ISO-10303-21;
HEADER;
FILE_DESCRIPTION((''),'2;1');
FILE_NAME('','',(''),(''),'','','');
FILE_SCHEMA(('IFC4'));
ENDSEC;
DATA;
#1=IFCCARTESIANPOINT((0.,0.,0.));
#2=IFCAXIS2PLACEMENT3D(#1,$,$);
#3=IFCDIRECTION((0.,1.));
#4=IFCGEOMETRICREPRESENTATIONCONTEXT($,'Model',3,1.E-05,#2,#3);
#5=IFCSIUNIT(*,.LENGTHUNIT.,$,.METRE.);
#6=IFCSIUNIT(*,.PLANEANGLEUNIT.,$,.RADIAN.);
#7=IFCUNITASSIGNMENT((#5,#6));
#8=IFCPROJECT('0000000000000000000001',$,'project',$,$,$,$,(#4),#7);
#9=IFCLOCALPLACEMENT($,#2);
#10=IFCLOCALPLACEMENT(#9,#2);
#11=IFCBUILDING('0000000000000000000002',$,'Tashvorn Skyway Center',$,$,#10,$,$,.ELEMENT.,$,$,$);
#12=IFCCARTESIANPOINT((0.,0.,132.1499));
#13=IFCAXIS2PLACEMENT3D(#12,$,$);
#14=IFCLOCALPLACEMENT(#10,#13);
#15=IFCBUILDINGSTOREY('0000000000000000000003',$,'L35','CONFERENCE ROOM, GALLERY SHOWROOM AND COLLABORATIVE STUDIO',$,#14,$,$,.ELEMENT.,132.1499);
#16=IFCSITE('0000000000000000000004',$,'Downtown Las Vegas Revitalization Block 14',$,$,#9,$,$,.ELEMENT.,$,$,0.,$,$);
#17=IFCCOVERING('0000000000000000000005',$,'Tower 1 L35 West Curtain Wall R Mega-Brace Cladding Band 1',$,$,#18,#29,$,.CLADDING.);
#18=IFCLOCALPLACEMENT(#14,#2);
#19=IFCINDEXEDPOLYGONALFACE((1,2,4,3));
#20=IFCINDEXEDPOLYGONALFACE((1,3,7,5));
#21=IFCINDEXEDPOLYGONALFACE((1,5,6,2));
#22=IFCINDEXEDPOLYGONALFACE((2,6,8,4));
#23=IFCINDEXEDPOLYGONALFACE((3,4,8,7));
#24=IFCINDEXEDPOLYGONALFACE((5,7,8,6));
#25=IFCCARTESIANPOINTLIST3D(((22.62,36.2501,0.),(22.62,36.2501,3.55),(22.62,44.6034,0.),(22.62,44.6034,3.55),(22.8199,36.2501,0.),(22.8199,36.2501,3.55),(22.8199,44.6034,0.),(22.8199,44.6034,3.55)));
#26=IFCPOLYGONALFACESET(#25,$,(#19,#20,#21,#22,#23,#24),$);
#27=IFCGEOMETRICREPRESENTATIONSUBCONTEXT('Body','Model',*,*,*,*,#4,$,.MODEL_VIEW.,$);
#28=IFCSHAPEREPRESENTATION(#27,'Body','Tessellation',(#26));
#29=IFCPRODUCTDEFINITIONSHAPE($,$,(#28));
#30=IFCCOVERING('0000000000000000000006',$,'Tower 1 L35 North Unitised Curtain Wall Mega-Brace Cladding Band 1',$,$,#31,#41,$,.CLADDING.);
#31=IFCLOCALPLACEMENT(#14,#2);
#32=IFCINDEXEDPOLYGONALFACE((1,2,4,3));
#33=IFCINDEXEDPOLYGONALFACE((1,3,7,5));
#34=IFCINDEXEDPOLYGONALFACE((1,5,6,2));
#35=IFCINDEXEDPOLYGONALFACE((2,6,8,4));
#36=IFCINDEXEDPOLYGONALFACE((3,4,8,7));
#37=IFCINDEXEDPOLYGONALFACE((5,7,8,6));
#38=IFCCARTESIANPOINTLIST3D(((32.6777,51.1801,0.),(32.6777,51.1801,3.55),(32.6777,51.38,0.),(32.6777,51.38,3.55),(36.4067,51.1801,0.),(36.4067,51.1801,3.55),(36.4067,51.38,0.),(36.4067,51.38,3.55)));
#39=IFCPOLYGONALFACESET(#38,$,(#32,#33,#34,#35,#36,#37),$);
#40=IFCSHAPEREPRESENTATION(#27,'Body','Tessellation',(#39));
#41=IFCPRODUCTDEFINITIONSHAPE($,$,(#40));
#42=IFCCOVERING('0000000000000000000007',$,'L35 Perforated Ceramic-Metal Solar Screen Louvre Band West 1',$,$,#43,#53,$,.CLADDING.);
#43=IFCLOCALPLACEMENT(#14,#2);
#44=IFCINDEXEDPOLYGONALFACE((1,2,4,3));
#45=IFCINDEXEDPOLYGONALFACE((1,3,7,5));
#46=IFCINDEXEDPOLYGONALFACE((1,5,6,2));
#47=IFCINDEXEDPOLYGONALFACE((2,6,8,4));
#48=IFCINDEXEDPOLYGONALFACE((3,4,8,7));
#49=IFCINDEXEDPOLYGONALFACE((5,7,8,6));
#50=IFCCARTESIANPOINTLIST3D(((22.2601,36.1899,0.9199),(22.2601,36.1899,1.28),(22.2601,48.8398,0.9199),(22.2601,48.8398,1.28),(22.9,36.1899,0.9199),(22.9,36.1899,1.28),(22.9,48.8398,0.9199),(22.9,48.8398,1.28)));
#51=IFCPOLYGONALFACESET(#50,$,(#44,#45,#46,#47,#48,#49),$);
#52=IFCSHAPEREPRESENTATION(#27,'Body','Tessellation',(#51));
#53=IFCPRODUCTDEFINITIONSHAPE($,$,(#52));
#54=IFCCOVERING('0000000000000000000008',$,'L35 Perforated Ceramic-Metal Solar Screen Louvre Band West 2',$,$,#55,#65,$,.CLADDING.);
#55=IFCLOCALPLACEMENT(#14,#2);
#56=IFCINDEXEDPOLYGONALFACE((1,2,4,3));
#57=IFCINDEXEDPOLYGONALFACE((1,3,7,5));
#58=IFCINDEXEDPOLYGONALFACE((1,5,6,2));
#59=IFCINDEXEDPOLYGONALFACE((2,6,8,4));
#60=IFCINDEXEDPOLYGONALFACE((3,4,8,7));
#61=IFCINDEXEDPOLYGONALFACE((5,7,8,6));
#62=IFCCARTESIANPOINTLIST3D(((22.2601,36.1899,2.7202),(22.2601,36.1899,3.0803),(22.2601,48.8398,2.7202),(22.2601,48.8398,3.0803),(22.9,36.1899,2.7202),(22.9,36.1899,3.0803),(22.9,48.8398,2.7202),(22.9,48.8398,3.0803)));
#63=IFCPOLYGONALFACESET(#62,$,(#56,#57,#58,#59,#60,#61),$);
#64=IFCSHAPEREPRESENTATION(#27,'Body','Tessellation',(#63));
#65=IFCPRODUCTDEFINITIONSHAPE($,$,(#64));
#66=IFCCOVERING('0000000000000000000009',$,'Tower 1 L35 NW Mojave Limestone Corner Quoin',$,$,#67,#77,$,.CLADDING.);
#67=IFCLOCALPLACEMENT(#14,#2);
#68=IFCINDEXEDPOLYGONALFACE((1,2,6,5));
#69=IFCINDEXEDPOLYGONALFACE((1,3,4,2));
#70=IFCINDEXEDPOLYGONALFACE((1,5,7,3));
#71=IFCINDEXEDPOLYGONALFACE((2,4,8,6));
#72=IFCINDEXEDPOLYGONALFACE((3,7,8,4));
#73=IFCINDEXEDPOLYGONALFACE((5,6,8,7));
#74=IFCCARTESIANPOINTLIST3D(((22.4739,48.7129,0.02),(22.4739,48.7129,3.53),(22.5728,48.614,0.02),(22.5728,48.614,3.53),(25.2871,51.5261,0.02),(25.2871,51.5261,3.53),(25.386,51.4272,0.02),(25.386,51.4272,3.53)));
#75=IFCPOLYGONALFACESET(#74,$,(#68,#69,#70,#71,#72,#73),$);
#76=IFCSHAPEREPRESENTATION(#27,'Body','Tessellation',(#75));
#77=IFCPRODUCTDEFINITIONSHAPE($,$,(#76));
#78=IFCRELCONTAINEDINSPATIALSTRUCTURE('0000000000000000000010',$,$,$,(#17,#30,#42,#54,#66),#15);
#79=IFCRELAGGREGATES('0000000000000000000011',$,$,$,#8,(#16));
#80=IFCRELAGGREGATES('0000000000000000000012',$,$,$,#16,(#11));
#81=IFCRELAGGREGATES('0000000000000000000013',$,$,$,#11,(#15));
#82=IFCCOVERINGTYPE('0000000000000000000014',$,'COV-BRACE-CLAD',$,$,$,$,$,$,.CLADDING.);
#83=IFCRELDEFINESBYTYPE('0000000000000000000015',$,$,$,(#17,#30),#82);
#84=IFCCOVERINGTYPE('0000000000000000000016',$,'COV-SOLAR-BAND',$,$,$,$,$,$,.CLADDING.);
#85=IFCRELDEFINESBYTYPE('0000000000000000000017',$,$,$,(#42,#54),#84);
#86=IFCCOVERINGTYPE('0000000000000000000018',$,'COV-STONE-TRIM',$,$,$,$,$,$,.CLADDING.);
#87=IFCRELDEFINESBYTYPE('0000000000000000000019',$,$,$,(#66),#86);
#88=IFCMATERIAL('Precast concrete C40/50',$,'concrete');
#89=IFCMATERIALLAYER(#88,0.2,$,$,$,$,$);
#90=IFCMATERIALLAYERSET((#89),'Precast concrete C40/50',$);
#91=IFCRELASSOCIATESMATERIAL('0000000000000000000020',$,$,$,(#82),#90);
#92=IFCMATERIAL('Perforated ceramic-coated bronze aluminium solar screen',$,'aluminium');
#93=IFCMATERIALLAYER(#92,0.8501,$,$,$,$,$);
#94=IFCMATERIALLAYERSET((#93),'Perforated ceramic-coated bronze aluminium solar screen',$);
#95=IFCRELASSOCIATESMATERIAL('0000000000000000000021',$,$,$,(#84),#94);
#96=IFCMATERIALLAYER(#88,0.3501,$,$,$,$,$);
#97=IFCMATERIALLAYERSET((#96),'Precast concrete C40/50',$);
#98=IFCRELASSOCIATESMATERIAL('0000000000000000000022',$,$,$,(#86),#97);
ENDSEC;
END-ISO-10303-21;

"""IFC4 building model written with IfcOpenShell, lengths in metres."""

from ifc_helpers import new_model, si_unit, direction, frame, origin, origin_2d, place, context, subcontext, project, spatial, rectangle, extrude, material, layer, layer_set, type_object, element, save


model = new_model("IFC4")

# Units and contexts
model_context = context("Model", 3, precision=1e-05, world=origin(), true_north=direction((0.0, 1.0)))
body_context = subcontext(model_context, "Body", "Model", "MODEL_VIEW")
ifc_project = project(units=[si_unit("LENGTHUNIT", "METRE"), si_unit("PLANEANGLEUNIT", "RADIAN")], contexts=[model_context])

# Site, building, storey
site_placement = place(None, origin())
site = spatial("IfcSite", under=ifc_project, at=site_placement, Name="Downtown Las Vegas Revitalization Block 14", CompositionType="ELEMENT", RefElevation=0.0)
building_placement = place(site_placement, origin())
building = spatial("IfcBuilding", under=site, at=building_placement, Name="Tashvorn Skyway Center", CompositionType="ELEMENT")
storey_placement = place(building_placement, frame((0.0, 0.0, 132.1499)))
storey = spatial("IfcBuildingStorey", under=building, at=storey_placement, Name="L35", Description="CONFERENCE ROOM, GALLERY SHOWROOM AND COLLABORATIVE STUDIO", CompositionType="ELEMENT", Elevation=132.1499)

# Shared definitions
ifc_material_1 = material(Name="Precast concrete C40/50", Category="concrete")

# Coverings
ifc_layer_1 = layer(ifc_material_1, 0.2)
ifc_layer_set_1 = layer_set([ifc_layer_1], Name="Precast concrete C40/50")
covering_type_1 = type_object("IfcCoveringType", Name="COV-BRACE-CLAD", PredefinedType="CLADDING", material=ifc_layer_set_1)
covering_1_placement = place(storey_placement, frame((22.72, 40.4268, 0.0), z_axis=(0.0, 0.0, 1.0), x_axis=(0.0, 1.0, 0.0)))
element("IfcCovering", 1, at=covering_1_placement, inside=storey, type_object=covering_type_1, Name="Tower 1 L35 West Curtain Wall R Mega-Brace Cladding Band 1", PredefinedType="CLADDING", context=body_context, shape_type="SweptSolid", body=[
    extrude(rectangle(XDim=8.3533, YDim=0.2, at=origin_2d()), origin(), (0.0, 0.0, 1.0), 3.55),
])
covering_2_placement = place(storey_placement, frame((34.5422, 51.28, 0.0), z_axis=(0.0, 0.0, 1.0), x_axis=(1.0, 0.0, 0.0)))
element("IfcCovering", 2, at=covering_2_placement, inside=storey, type_object=covering_type_1, Name="Tower 1 L35 North Unitised Curtain Wall Mega-Brace Cladding Band 1", PredefinedType="CLADDING", context=body_context, shape_type="SweptSolid", body=[
    extrude(rectangle(XDim=3.729, YDim=0.2, at=origin_2d()), origin(), (0.0, 0.0, 1.0), 3.55),
])
ifc_material_2 = material(Name="Perforated ceramic-coated bronze aluminium solar screen", Category="aluminium")
ifc_layer_2 = layer(ifc_material_2, 0.8501)
ifc_layer_set_2 = layer_set([ifc_layer_2], Name="Perforated ceramic-coated bronze aluminium solar screen")
covering_type_2 = type_object("IfcCoveringType", Name="COV-SOLAR-BAND", PredefinedType="CLADDING", material=ifc_layer_set_2)
for number, where, z_axis, x_axis, name in (
    (3, (22.5801, 42.5149, 0.9199), (0.0, 0.0, 1.0), (0.0, 1.0, 0.0), "L35 Perforated Ceramic-Metal Solar Screen Louvre Band West 1"),
    (4, (22.5801, 42.5149, 2.7202), (0.0, 0.0, 1.0), (0.0, 1.0, 0.0), "L35 Perforated Ceramic-Metal Solar Screen Louvre Band West 2"),
):
    element("IfcCovering", number, at=place(storey_placement, frame(where, z_axis=z_axis, x_axis=x_axis)), inside=storey, type_object=covering_type_2, Name=name, PredefinedType="CLADDING", context=body_context, shape_type="SweptSolid", body=[
        extrude(rectangle(XDim=12.6499, YDim=0.6399, at=origin_2d()), origin(), (0.0, 0.0, 1.0), 0.3601),
    ])
ifc_layer_3 = layer(ifc_material_1, 0.3501)
ifc_layer_set_3 = layer_set([ifc_layer_3], Name="Precast concrete C40/50")
covering_type_3 = type_object("IfcCoveringType", Name="COV-STONE-TRIM", PredefinedType="CLADDING", material=ifc_layer_set_3)
covering_3_placement = place(storey_placement, frame((23.9299, 50.0701, 0.02), z_axis=(0.0, 0.0, 1.0), x_axis=(-0.707107, -0.707107, 0.0)))
element("IfcCovering", 5, at=covering_3_placement, inside=storey, type_object=covering_type_3, Name="Tower 1 L35 NW Mojave Limestone Corner Quoin", PredefinedType="CLADDING", context=body_context, shape_type="SweptSolid", body=[
    extrude(rectangle(XDim=3.9785, YDim=0.1399, at=origin_2d()), origin(), (0.0, 0.0, 1.0), 3.51),
])

save(model, "model.ifc")
